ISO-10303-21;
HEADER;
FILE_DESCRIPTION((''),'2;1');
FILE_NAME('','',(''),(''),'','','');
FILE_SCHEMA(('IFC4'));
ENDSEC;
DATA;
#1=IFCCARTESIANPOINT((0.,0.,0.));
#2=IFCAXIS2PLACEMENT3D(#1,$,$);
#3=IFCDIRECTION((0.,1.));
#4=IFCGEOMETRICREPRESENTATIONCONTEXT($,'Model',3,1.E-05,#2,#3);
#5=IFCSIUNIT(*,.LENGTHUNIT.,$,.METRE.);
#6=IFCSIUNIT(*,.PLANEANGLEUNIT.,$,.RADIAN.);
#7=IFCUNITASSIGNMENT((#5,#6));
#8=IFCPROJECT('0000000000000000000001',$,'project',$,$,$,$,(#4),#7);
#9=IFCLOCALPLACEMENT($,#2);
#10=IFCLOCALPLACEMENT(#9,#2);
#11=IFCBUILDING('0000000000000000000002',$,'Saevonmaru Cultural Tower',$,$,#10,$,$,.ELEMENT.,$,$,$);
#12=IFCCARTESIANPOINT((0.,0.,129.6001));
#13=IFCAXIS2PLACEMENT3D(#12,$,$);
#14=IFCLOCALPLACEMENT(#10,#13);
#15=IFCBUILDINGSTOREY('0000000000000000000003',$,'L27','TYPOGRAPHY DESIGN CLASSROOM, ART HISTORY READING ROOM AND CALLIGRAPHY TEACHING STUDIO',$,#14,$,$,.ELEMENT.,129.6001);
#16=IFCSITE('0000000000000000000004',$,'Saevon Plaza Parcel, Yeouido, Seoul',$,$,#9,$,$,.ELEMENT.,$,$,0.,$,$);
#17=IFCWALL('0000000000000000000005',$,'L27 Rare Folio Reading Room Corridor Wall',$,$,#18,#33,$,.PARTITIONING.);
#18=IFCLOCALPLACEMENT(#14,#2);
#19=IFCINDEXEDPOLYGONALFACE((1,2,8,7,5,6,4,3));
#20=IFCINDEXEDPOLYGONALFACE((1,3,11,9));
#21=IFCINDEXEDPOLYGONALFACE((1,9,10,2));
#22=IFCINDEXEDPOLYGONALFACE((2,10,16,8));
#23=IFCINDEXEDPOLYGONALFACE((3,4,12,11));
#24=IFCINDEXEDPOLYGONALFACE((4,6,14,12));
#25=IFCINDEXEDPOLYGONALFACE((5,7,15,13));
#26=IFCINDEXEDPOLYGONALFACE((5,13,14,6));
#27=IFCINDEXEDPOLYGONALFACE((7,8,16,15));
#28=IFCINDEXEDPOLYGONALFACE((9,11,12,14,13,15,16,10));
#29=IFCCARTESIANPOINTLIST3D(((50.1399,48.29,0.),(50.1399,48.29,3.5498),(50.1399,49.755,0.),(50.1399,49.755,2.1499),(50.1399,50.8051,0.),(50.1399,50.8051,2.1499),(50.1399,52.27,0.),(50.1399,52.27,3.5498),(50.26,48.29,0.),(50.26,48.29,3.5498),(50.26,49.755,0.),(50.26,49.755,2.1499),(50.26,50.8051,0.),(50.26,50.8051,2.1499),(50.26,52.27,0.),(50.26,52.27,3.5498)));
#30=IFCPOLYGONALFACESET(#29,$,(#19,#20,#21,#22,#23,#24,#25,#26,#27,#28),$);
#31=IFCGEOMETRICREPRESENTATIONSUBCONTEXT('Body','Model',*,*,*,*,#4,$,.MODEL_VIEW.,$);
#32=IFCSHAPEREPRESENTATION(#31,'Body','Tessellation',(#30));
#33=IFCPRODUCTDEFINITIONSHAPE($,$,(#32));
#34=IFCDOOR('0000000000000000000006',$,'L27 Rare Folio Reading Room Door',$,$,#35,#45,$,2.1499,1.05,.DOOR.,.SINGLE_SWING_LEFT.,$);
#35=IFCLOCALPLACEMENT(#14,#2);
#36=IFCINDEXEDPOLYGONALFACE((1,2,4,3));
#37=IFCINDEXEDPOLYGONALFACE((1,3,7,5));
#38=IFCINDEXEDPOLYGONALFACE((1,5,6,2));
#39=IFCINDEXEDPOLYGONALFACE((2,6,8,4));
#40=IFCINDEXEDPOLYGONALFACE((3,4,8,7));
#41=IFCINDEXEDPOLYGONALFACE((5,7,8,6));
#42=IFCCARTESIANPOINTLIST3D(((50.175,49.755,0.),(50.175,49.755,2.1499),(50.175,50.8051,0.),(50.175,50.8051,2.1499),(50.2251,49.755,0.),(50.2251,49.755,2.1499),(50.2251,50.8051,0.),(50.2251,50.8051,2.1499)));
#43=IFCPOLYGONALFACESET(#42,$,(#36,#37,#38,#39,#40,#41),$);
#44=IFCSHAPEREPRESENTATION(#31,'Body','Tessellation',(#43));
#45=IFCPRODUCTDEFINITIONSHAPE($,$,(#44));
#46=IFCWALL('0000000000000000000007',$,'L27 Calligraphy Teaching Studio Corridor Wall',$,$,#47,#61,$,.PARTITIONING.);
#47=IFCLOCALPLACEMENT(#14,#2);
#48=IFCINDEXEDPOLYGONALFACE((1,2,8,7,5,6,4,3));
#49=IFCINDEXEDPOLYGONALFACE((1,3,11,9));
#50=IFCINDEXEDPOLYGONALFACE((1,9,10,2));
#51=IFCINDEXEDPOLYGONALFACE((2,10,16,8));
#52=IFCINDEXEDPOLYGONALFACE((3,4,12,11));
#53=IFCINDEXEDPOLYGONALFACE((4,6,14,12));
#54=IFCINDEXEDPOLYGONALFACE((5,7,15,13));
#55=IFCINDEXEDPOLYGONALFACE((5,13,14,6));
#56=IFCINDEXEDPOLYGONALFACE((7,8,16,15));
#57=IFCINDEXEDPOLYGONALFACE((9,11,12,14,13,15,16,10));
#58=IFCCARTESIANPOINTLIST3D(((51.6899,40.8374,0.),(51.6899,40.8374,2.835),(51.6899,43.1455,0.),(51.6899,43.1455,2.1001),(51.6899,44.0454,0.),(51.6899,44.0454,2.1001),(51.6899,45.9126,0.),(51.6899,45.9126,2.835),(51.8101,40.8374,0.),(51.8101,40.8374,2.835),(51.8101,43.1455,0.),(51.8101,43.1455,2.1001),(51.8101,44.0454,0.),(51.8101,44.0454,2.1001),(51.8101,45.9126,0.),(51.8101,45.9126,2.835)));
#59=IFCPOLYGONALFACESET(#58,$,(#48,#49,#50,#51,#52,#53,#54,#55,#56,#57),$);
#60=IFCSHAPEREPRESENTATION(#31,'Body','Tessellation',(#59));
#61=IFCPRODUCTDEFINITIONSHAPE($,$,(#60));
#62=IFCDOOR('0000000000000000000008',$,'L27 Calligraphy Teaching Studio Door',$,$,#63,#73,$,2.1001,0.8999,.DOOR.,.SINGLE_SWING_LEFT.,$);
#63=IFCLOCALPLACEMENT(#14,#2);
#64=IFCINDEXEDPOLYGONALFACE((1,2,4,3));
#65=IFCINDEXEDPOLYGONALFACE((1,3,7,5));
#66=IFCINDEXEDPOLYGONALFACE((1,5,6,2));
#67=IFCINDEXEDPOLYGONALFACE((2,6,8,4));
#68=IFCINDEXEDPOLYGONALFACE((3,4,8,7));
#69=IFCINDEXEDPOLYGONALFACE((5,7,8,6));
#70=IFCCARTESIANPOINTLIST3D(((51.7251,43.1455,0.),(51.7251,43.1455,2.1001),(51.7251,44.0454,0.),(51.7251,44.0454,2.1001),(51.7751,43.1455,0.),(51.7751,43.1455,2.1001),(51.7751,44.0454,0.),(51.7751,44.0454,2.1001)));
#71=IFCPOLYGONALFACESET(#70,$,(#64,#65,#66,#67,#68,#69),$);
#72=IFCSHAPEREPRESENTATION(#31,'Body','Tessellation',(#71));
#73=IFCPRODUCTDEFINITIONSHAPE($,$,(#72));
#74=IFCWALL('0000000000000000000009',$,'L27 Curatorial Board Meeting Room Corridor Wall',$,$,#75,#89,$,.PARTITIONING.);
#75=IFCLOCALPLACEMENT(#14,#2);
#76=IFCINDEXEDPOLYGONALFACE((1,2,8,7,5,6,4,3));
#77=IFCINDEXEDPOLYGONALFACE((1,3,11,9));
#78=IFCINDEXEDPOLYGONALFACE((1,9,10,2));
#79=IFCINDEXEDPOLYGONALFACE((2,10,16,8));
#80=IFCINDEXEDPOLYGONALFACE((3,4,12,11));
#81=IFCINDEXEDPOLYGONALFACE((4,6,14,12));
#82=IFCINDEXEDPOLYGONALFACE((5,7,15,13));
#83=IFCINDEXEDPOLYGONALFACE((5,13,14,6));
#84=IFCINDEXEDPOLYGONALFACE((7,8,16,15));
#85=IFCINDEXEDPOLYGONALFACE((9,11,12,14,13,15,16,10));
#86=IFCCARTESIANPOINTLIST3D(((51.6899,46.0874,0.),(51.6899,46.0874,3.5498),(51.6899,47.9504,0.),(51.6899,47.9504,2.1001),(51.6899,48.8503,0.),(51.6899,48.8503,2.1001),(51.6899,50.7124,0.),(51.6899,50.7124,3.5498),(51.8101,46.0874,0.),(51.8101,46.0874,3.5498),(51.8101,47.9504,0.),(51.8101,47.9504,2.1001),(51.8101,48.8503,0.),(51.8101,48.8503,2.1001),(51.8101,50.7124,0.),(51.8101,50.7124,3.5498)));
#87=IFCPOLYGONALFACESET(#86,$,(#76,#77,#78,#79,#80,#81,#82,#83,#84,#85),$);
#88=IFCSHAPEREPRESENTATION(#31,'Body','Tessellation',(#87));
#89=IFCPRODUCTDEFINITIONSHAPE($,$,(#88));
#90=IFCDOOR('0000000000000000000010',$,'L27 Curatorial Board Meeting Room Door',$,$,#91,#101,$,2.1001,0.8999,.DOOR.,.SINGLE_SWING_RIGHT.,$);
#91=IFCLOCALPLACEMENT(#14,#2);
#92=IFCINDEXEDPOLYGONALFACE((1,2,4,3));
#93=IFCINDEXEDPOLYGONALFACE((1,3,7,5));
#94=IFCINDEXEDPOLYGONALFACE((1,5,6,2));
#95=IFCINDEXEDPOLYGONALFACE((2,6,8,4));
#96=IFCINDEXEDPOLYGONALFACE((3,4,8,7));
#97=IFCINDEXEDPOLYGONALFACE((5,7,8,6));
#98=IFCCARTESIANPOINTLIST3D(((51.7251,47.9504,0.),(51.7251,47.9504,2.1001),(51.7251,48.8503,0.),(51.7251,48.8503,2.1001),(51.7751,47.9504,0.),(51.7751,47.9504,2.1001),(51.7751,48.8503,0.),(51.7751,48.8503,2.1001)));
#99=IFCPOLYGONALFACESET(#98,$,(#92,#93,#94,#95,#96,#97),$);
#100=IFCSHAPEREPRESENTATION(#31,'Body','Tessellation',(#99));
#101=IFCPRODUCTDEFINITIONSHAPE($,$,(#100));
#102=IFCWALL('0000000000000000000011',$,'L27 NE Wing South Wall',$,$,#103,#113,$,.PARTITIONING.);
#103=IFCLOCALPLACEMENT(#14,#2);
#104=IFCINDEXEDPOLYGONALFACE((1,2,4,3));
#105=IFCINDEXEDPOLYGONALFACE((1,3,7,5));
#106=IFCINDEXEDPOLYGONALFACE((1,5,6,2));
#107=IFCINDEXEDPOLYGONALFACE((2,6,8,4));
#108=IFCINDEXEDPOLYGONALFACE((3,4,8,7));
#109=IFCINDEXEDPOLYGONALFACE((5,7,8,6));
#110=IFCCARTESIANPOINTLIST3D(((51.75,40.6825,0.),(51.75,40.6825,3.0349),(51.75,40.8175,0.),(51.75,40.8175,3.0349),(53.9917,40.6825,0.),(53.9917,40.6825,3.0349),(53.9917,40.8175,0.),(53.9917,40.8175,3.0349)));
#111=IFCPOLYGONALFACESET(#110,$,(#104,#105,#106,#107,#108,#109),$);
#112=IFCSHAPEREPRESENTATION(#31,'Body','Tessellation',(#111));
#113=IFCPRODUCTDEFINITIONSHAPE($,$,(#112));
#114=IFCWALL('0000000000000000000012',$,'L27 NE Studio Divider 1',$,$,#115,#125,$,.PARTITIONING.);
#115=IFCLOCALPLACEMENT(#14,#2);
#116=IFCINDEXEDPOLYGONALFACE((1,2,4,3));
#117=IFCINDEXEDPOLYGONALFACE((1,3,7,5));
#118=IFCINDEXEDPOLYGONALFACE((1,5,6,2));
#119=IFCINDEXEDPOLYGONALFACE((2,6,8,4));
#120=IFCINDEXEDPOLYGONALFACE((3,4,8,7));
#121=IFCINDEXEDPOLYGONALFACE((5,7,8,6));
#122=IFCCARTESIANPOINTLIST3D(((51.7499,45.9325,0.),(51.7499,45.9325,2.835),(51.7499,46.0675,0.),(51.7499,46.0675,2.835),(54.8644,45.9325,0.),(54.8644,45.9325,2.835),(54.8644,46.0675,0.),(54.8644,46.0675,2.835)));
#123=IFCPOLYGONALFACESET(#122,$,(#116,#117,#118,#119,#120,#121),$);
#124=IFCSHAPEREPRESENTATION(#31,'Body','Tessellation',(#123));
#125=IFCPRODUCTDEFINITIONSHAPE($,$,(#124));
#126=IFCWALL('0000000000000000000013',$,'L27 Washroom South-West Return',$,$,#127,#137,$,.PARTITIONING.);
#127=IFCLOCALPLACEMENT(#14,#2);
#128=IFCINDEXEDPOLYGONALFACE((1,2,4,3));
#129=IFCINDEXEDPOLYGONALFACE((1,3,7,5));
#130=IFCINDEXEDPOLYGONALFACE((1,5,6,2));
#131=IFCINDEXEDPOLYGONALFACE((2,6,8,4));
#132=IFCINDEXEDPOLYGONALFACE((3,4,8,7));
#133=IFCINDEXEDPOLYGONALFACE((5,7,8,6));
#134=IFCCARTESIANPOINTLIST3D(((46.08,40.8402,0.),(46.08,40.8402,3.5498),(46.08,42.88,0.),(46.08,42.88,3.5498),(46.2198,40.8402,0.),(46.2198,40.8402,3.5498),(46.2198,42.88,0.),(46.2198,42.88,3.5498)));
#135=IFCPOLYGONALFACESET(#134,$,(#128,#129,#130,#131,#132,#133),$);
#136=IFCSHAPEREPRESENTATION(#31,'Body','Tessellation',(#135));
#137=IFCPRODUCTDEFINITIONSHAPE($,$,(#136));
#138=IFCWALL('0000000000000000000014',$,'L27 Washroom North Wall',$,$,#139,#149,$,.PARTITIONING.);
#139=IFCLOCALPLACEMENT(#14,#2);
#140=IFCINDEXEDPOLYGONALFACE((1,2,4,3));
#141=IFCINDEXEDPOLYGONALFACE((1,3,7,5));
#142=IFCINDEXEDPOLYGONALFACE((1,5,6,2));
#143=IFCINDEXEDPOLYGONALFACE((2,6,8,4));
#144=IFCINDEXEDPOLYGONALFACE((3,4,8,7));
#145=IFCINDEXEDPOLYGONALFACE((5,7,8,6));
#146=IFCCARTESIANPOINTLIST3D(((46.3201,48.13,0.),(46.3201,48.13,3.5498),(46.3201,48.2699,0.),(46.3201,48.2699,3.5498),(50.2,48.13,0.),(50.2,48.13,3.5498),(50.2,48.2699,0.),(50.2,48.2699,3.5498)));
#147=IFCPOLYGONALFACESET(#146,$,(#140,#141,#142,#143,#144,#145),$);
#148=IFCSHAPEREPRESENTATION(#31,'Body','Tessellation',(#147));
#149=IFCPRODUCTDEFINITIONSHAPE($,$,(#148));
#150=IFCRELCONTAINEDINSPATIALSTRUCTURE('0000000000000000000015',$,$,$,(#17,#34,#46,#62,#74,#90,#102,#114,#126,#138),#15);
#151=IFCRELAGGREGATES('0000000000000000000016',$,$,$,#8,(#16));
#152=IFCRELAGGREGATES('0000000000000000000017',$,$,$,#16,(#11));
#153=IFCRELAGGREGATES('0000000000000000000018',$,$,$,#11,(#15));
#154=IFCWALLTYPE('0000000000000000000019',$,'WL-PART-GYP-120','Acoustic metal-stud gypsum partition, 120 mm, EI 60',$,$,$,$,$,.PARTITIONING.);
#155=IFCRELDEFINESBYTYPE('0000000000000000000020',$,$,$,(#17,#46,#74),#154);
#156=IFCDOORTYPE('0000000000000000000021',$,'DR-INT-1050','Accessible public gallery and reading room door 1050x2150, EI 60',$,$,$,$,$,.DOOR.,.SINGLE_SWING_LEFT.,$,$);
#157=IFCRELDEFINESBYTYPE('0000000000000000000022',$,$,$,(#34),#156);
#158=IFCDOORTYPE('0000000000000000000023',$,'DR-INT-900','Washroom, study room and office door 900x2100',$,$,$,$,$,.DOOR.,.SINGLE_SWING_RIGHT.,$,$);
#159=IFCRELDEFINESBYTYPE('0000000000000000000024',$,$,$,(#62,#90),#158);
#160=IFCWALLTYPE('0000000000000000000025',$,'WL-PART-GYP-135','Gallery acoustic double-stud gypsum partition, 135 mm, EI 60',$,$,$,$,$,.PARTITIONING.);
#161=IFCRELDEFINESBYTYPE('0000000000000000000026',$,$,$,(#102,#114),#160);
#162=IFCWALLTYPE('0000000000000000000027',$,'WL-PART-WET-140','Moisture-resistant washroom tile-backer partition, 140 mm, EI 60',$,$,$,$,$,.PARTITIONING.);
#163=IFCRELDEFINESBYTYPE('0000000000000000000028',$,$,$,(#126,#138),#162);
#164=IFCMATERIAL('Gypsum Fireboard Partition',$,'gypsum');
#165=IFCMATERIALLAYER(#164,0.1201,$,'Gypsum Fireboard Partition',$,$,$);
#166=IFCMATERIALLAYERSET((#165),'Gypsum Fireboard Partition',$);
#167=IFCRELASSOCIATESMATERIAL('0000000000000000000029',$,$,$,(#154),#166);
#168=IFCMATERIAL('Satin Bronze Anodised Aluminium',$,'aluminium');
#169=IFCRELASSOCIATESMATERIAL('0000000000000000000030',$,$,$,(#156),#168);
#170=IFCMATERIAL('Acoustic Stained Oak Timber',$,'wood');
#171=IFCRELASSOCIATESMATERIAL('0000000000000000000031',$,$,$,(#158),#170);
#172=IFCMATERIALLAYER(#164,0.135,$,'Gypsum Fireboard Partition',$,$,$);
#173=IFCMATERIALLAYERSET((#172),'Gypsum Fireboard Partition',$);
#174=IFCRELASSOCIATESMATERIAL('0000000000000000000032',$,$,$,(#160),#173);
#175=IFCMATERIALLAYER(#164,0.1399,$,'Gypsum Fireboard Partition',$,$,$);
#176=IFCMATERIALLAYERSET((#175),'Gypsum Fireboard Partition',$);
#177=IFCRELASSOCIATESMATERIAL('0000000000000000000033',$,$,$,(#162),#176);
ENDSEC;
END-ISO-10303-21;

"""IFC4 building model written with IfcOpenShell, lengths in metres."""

from ifc_helpers import new_model, si_unit, direction, frame, frame_2d, origin, place, context, subcontext, project, spatial, rectangle, extrude, material, layer, layer_set, type_object, element, fill, save


model = new_model("IFC4")

# Units and contexts
model_context = context("Model", 3, precision=1e-05, world=origin(), true_north=direction((0.0, 1.0)))
body_context = subcontext(model_context, "Body", "Model", "MODEL_VIEW")
ifc_project = project(units=[si_unit("LENGTHUNIT", "METRE"), si_unit("PLANEANGLEUNIT", "RADIAN")], contexts=[model_context])

# Site, building, storey
site_placement = place(None, origin())
site = spatial("IfcSite", under=ifc_project, at=site_placement, Name="Saevon Plaza Parcel, Yeouido, Seoul", CompositionType="ELEMENT", RefElevation=0.0)
building_placement = place(site_placement, origin())
building = spatial("IfcBuilding", under=site, at=building_placement, Name="Saevonmaru Cultural Tower", CompositionType="ELEMENT")
storey_placement = place(building_placement, frame((0.0, 0.0, 129.6001)))
storey = spatial("IfcBuildingStorey", under=building, at=storey_placement, Name="L27", Description="TYPOGRAPHY DESIGN CLASSROOM, ART HISTORY READING ROOM AND CALLIGRAPHY TEACHING STUDIO", CompositionType="ELEMENT", Elevation=129.6001)

# Shared definitions
ifc_material_1 = material(Name="Satin Bronze Anodised Aluminium", Category="aluminium")

# Walls, openings, doors
ifc_material_2 = material(Name="Gypsum Fireboard Partition", Category="gypsum")
ifc_layer_1 = layer(ifc_material_2, 0.1201, Name="Gypsum Fireboard Partition")
ifc_layer_set_1 = layer_set([ifc_layer_1], Name="Gypsum Fireboard Partition")
wall_type_1 = type_object("IfcWallType", Name="WL-PART-GYP-120", Description="Acoustic metal-stud gypsum partition, 120 mm, EI 60", PredefinedType="PARTITIONING", material=ifc_layer_set_1)
wall_1_placement = place(storey_placement, frame((50.2, 48.29, 0.0), z_axis=(0.0, 0.0, 1.0), x_axis=(0.0, 1.0, 0.0)))
wall_1 = element("IfcWall", 1, at=wall_1_placement, inside=storey, type_object=wall_type_1, Name="L27 Rare Folio Reading Room Corridor Wall", PredefinedType="PARTITIONING", context=body_context, shape_type="SweptSolid", body=[
    extrude(rectangle(XDim=3.98, YDim=0.1201, at=frame_2d((1.99, 0.0))), origin(), (0.0, 0.0, 1.0), 3.5498),
])
opening_1_placement = place(wall_1_placement, frame((1.4651, 0.0, 0.0)))
opening_1 = element("IfcOpeningElement", 2, at=opening_1_placement, cuts=wall_1, PredefinedType="OPENING", context=body_context, shape_type="SweptSolid", body=[
    extrude(rectangle(XDim=1.05, YDim=2.1499, at=frame_2d((0.5249, 1.075))), frame((0.0, 0.0701, 0.0), z_axis=(0.0, -1.0, 0.0), x_axis=(1.0, 0.0, 0.0)), (0.0, 0.0, 1.0), 0.1401),
])
door_type_1 = type_object("IfcDoorType", Name="DR-INT-1050", Description="Accessible public gallery and reading room door 1050x2150, EI 60", OperationType="SINGLE_SWING_LEFT", PredefinedType="DOOR", material=ifc_material_1)
door_1_placement = place(opening_1_placement, origin())
door_1 = element("IfcDoor", 3, at=door_1_placement, inside=storey, type_object=door_type_1, Name="L27 Rare Folio Reading Room Door", OperationType="SINGLE_SWING_LEFT", OverallHeight=2.1499, OverallWidth=1.05, PredefinedType="DOOR", context=body_context, shape_type="SweptSolid", body=[
    extrude(rectangle(XDim=1.05, YDim=2.1499, at=frame_2d((0.5249, 1.075))), frame((0.0, 0.0249, 0.0), z_axis=(0.0, -1.0, 0.0), x_axis=(1.0, 0.0, 0.0)), (0.0, 0.0, 1.0), 0.05),
])
fill(opening_1, door_1)
wall_2_placement = place(storey_placement, frame((51.75, 40.8374, 0.0), z_axis=(0.0, 0.0, 1.0), x_axis=(0.0, 1.0, 0.0)))
wall_2 = element("IfcWall", 4, at=wall_2_placement, inside=storey, type_object=wall_type_1, Name="L27 Calligraphy Teaching Studio Corridor Wall", PredefinedType="PARTITIONING", context=body_context, shape_type="SweptSolid", body=[
    extrude(rectangle(XDim=5.0752, YDim=0.1201, at=frame_2d((2.5376, 0.0))), origin(), (0.0, 0.0, 1.0), 2.835),
])
opening_2_placement = place(wall_2_placement, frame((2.3081, 0.0, 0.0)))
opening_2 = element("IfcOpeningElement", 5, at=opening_2_placement, cuts=wall_2, PredefinedType="OPENING", context=body_context, shape_type="SweptSolid", body=[
    extrude(rectangle(XDim=0.8999, YDim=2.1001, at=frame_2d((0.45, 1.05))), frame((0.0, 0.0701, 0.0), z_axis=(0.0, -1.0, 0.0), x_axis=(1.0, 0.0, 0.0)), (0.0, 0.0, 1.0), 0.1401),
])
ifc_material_3 = material(Name="Acoustic Stained Oak Timber", Category="wood")
door_type_2 = type_object("IfcDoorType", Name="DR-INT-900", Description="Washroom, study room and office door 900x2100", OperationType="SINGLE_SWING_RIGHT", PredefinedType="DOOR", material=ifc_material_3)
door_2_placement = place(opening_2_placement, origin())
door_2 = element("IfcDoor", 6, at=door_2_placement, inside=storey, type_object=door_type_2, Name="L27 Calligraphy Teaching Studio Door", OperationType="SINGLE_SWING_LEFT", OverallHeight=2.1001, OverallWidth=0.8999, PredefinedType="DOOR", context=body_context, shape_type="SweptSolid", body=[
    extrude(rectangle(XDim=0.8999, YDim=2.1001, at=frame_2d((0.45, 1.05))), frame((0.0, 0.0249, 0.0), z_axis=(0.0, -1.0, 0.0), x_axis=(1.0, 0.0, 0.0)), (0.0, 0.0, 1.0), 0.05),
])
fill(opening_2, door_2)
wall_3_placement = place(storey_placement, frame((51.75, 46.0874, 0.0), z_axis=(0.0, 0.0, 1.0), x_axis=(0.0, 1.0, 0.0)))
wall_3 = element("IfcWall", 7, at=wall_3_placement, inside=storey, type_object=wall_type_1, Name="L27 Curatorial Board Meeting Room Corridor Wall", PredefinedType="PARTITIONING", context=body_context, shape_type="SweptSolid", body=[
    extrude(rectangle(XDim=4.625, YDim=0.1201, at=frame_2d((2.3125, 0.0))), origin(), (0.0, 0.0, 1.0), 3.5498),
])
opening_3_placement = place(wall_3_placement, frame((1.863, 0.0, 0.0)))
opening_3 = element("IfcOpeningElement", 8, at=opening_3_placement, cuts=wall_3, PredefinedType="OPENING", context=body_context, shape_type="SweptSolid", body=[
    extrude(rectangle(XDim=0.8999, YDim=2.1001, at=frame_2d((0.45, 1.05))), frame((0.0, 0.0701, 0.0), z_axis=(0.0, -1.0, 0.0), x_axis=(1.0, 0.0, 0.0)), (0.0, 0.0, 1.0), 0.1401),
])
door_3_placement = place(opening_3_placement, origin())
door_3 = element("IfcDoor", 9, at=door_3_placement, inside=storey, type_object=door_type_2, Name="L27 Curatorial Board Meeting Room Door", OperationType="SINGLE_SWING_RIGHT", OverallHeight=2.1001, OverallWidth=0.8999, PredefinedType="DOOR", context=body_context, shape_type="SweptSolid", body=[
    extrude(rectangle(XDim=0.8999, YDim=2.1001, at=frame_2d((0.45, 1.05))), frame((0.0, 0.0249, 0.0), z_axis=(0.0, -1.0, 0.0), x_axis=(1.0, 0.0, 0.0)), (0.0, 0.0, 1.0), 0.05),
])
fill(opening_3, door_3)

# Walls
ifc_layer_2 = layer(ifc_material_2, 0.135, Name="Gypsum Fireboard Partition")
ifc_layer_set_2 = layer_set([ifc_layer_2], Name="Gypsum Fireboard Partition")
wall_type_2 = type_object("IfcWallType", Name="WL-PART-GYP-135", Description="Gallery acoustic double-stud gypsum partition, 135 mm, EI 60", PredefinedType="PARTITIONING", material=ifc_layer_set_2)
wall_4_placement = place(storey_placement, frame((51.75, 40.75, 0.0), z_axis=(0.0, 0.0, 1.0), x_axis=(1.0, 0.0, 0.0)))
element("IfcWall", 10, at=wall_4_placement, inside=storey, type_object=wall_type_2, Name="L27 NE Wing South Wall", PredefinedType="PARTITIONING", context=body_context, shape_type="SweptSolid", body=[
    extrude(rectangle(XDim=2.2417, YDim=0.135, at=frame_2d((1.1208, 0.0))), origin(), (0.0, 0.0, 1.0), 3.0349),
])
wall_5_placement = place(storey_placement, frame((51.75, 46.0, 0.0), z_axis=(0.0, 0.0, 1.0), x_axis=(1.0, 0.0, 0.0)))
element("IfcWall", 11, at=wall_5_placement, inside=storey, type_object=wall_type_2, Name="L27 NE Studio Divider 1", PredefinedType="PARTITIONING", context=body_context, shape_type="SweptSolid", body=[
    extrude(rectangle(XDim=3.1145, YDim=0.135, at=frame_2d((1.5571, 0.0))), origin(), (0.0, 0.0, 1.0), 2.835),
])
ifc_layer_3 = layer(ifc_material_2, 0.1399, Name="Gypsum Fireboard Partition")
ifc_layer_set_3 = layer_set([ifc_layer_3], Name="Gypsum Fireboard Partition")
wall_type_3 = type_object("IfcWallType", Name="WL-PART-WET-140", Description="Moisture-resistant washroom tile-backer partition, 140 mm, EI 60", PredefinedType="PARTITIONING", material=ifc_layer_set_3)
wall_6_placement = place(storey_placement, frame((46.1499, 40.8401, 0.0), z_axis=(0.0, 0.0, 1.0), x_axis=(0.0, 1.0, 0.0)))
element("IfcWall", 12, at=wall_6_placement, inside=storey, type_object=wall_type_3, Name="L27 Washroom South-West Return", PredefinedType="PARTITIONING", context=body_context, shape_type="SweptSolid", body=[
    extrude(rectangle(XDim=2.0398, YDim=0.1399, at=frame_2d((1.02, 0.0))), origin(), (0.0, 0.0, 1.0), 3.5498),
])
wall_7_placement = place(storey_placement, frame((46.3201, 48.2, 0.0), z_axis=(0.0, 0.0, 1.0), x_axis=(1.0, 0.0, 0.0)))
element("IfcWall", 13, at=wall_7_placement, inside=storey, type_object=wall_type_3, Name="L27 Washroom North Wall", PredefinedType="PARTITIONING", context=body_context, shape_type="SweptSolid", body=[
    extrude(rectangle(XDim=3.8799, YDim=0.1399, at=frame_2d((1.9399, 0.0))), origin(), (0.0, 0.0, 1.0), 3.5498),
])

save(model, "model.ifc")
